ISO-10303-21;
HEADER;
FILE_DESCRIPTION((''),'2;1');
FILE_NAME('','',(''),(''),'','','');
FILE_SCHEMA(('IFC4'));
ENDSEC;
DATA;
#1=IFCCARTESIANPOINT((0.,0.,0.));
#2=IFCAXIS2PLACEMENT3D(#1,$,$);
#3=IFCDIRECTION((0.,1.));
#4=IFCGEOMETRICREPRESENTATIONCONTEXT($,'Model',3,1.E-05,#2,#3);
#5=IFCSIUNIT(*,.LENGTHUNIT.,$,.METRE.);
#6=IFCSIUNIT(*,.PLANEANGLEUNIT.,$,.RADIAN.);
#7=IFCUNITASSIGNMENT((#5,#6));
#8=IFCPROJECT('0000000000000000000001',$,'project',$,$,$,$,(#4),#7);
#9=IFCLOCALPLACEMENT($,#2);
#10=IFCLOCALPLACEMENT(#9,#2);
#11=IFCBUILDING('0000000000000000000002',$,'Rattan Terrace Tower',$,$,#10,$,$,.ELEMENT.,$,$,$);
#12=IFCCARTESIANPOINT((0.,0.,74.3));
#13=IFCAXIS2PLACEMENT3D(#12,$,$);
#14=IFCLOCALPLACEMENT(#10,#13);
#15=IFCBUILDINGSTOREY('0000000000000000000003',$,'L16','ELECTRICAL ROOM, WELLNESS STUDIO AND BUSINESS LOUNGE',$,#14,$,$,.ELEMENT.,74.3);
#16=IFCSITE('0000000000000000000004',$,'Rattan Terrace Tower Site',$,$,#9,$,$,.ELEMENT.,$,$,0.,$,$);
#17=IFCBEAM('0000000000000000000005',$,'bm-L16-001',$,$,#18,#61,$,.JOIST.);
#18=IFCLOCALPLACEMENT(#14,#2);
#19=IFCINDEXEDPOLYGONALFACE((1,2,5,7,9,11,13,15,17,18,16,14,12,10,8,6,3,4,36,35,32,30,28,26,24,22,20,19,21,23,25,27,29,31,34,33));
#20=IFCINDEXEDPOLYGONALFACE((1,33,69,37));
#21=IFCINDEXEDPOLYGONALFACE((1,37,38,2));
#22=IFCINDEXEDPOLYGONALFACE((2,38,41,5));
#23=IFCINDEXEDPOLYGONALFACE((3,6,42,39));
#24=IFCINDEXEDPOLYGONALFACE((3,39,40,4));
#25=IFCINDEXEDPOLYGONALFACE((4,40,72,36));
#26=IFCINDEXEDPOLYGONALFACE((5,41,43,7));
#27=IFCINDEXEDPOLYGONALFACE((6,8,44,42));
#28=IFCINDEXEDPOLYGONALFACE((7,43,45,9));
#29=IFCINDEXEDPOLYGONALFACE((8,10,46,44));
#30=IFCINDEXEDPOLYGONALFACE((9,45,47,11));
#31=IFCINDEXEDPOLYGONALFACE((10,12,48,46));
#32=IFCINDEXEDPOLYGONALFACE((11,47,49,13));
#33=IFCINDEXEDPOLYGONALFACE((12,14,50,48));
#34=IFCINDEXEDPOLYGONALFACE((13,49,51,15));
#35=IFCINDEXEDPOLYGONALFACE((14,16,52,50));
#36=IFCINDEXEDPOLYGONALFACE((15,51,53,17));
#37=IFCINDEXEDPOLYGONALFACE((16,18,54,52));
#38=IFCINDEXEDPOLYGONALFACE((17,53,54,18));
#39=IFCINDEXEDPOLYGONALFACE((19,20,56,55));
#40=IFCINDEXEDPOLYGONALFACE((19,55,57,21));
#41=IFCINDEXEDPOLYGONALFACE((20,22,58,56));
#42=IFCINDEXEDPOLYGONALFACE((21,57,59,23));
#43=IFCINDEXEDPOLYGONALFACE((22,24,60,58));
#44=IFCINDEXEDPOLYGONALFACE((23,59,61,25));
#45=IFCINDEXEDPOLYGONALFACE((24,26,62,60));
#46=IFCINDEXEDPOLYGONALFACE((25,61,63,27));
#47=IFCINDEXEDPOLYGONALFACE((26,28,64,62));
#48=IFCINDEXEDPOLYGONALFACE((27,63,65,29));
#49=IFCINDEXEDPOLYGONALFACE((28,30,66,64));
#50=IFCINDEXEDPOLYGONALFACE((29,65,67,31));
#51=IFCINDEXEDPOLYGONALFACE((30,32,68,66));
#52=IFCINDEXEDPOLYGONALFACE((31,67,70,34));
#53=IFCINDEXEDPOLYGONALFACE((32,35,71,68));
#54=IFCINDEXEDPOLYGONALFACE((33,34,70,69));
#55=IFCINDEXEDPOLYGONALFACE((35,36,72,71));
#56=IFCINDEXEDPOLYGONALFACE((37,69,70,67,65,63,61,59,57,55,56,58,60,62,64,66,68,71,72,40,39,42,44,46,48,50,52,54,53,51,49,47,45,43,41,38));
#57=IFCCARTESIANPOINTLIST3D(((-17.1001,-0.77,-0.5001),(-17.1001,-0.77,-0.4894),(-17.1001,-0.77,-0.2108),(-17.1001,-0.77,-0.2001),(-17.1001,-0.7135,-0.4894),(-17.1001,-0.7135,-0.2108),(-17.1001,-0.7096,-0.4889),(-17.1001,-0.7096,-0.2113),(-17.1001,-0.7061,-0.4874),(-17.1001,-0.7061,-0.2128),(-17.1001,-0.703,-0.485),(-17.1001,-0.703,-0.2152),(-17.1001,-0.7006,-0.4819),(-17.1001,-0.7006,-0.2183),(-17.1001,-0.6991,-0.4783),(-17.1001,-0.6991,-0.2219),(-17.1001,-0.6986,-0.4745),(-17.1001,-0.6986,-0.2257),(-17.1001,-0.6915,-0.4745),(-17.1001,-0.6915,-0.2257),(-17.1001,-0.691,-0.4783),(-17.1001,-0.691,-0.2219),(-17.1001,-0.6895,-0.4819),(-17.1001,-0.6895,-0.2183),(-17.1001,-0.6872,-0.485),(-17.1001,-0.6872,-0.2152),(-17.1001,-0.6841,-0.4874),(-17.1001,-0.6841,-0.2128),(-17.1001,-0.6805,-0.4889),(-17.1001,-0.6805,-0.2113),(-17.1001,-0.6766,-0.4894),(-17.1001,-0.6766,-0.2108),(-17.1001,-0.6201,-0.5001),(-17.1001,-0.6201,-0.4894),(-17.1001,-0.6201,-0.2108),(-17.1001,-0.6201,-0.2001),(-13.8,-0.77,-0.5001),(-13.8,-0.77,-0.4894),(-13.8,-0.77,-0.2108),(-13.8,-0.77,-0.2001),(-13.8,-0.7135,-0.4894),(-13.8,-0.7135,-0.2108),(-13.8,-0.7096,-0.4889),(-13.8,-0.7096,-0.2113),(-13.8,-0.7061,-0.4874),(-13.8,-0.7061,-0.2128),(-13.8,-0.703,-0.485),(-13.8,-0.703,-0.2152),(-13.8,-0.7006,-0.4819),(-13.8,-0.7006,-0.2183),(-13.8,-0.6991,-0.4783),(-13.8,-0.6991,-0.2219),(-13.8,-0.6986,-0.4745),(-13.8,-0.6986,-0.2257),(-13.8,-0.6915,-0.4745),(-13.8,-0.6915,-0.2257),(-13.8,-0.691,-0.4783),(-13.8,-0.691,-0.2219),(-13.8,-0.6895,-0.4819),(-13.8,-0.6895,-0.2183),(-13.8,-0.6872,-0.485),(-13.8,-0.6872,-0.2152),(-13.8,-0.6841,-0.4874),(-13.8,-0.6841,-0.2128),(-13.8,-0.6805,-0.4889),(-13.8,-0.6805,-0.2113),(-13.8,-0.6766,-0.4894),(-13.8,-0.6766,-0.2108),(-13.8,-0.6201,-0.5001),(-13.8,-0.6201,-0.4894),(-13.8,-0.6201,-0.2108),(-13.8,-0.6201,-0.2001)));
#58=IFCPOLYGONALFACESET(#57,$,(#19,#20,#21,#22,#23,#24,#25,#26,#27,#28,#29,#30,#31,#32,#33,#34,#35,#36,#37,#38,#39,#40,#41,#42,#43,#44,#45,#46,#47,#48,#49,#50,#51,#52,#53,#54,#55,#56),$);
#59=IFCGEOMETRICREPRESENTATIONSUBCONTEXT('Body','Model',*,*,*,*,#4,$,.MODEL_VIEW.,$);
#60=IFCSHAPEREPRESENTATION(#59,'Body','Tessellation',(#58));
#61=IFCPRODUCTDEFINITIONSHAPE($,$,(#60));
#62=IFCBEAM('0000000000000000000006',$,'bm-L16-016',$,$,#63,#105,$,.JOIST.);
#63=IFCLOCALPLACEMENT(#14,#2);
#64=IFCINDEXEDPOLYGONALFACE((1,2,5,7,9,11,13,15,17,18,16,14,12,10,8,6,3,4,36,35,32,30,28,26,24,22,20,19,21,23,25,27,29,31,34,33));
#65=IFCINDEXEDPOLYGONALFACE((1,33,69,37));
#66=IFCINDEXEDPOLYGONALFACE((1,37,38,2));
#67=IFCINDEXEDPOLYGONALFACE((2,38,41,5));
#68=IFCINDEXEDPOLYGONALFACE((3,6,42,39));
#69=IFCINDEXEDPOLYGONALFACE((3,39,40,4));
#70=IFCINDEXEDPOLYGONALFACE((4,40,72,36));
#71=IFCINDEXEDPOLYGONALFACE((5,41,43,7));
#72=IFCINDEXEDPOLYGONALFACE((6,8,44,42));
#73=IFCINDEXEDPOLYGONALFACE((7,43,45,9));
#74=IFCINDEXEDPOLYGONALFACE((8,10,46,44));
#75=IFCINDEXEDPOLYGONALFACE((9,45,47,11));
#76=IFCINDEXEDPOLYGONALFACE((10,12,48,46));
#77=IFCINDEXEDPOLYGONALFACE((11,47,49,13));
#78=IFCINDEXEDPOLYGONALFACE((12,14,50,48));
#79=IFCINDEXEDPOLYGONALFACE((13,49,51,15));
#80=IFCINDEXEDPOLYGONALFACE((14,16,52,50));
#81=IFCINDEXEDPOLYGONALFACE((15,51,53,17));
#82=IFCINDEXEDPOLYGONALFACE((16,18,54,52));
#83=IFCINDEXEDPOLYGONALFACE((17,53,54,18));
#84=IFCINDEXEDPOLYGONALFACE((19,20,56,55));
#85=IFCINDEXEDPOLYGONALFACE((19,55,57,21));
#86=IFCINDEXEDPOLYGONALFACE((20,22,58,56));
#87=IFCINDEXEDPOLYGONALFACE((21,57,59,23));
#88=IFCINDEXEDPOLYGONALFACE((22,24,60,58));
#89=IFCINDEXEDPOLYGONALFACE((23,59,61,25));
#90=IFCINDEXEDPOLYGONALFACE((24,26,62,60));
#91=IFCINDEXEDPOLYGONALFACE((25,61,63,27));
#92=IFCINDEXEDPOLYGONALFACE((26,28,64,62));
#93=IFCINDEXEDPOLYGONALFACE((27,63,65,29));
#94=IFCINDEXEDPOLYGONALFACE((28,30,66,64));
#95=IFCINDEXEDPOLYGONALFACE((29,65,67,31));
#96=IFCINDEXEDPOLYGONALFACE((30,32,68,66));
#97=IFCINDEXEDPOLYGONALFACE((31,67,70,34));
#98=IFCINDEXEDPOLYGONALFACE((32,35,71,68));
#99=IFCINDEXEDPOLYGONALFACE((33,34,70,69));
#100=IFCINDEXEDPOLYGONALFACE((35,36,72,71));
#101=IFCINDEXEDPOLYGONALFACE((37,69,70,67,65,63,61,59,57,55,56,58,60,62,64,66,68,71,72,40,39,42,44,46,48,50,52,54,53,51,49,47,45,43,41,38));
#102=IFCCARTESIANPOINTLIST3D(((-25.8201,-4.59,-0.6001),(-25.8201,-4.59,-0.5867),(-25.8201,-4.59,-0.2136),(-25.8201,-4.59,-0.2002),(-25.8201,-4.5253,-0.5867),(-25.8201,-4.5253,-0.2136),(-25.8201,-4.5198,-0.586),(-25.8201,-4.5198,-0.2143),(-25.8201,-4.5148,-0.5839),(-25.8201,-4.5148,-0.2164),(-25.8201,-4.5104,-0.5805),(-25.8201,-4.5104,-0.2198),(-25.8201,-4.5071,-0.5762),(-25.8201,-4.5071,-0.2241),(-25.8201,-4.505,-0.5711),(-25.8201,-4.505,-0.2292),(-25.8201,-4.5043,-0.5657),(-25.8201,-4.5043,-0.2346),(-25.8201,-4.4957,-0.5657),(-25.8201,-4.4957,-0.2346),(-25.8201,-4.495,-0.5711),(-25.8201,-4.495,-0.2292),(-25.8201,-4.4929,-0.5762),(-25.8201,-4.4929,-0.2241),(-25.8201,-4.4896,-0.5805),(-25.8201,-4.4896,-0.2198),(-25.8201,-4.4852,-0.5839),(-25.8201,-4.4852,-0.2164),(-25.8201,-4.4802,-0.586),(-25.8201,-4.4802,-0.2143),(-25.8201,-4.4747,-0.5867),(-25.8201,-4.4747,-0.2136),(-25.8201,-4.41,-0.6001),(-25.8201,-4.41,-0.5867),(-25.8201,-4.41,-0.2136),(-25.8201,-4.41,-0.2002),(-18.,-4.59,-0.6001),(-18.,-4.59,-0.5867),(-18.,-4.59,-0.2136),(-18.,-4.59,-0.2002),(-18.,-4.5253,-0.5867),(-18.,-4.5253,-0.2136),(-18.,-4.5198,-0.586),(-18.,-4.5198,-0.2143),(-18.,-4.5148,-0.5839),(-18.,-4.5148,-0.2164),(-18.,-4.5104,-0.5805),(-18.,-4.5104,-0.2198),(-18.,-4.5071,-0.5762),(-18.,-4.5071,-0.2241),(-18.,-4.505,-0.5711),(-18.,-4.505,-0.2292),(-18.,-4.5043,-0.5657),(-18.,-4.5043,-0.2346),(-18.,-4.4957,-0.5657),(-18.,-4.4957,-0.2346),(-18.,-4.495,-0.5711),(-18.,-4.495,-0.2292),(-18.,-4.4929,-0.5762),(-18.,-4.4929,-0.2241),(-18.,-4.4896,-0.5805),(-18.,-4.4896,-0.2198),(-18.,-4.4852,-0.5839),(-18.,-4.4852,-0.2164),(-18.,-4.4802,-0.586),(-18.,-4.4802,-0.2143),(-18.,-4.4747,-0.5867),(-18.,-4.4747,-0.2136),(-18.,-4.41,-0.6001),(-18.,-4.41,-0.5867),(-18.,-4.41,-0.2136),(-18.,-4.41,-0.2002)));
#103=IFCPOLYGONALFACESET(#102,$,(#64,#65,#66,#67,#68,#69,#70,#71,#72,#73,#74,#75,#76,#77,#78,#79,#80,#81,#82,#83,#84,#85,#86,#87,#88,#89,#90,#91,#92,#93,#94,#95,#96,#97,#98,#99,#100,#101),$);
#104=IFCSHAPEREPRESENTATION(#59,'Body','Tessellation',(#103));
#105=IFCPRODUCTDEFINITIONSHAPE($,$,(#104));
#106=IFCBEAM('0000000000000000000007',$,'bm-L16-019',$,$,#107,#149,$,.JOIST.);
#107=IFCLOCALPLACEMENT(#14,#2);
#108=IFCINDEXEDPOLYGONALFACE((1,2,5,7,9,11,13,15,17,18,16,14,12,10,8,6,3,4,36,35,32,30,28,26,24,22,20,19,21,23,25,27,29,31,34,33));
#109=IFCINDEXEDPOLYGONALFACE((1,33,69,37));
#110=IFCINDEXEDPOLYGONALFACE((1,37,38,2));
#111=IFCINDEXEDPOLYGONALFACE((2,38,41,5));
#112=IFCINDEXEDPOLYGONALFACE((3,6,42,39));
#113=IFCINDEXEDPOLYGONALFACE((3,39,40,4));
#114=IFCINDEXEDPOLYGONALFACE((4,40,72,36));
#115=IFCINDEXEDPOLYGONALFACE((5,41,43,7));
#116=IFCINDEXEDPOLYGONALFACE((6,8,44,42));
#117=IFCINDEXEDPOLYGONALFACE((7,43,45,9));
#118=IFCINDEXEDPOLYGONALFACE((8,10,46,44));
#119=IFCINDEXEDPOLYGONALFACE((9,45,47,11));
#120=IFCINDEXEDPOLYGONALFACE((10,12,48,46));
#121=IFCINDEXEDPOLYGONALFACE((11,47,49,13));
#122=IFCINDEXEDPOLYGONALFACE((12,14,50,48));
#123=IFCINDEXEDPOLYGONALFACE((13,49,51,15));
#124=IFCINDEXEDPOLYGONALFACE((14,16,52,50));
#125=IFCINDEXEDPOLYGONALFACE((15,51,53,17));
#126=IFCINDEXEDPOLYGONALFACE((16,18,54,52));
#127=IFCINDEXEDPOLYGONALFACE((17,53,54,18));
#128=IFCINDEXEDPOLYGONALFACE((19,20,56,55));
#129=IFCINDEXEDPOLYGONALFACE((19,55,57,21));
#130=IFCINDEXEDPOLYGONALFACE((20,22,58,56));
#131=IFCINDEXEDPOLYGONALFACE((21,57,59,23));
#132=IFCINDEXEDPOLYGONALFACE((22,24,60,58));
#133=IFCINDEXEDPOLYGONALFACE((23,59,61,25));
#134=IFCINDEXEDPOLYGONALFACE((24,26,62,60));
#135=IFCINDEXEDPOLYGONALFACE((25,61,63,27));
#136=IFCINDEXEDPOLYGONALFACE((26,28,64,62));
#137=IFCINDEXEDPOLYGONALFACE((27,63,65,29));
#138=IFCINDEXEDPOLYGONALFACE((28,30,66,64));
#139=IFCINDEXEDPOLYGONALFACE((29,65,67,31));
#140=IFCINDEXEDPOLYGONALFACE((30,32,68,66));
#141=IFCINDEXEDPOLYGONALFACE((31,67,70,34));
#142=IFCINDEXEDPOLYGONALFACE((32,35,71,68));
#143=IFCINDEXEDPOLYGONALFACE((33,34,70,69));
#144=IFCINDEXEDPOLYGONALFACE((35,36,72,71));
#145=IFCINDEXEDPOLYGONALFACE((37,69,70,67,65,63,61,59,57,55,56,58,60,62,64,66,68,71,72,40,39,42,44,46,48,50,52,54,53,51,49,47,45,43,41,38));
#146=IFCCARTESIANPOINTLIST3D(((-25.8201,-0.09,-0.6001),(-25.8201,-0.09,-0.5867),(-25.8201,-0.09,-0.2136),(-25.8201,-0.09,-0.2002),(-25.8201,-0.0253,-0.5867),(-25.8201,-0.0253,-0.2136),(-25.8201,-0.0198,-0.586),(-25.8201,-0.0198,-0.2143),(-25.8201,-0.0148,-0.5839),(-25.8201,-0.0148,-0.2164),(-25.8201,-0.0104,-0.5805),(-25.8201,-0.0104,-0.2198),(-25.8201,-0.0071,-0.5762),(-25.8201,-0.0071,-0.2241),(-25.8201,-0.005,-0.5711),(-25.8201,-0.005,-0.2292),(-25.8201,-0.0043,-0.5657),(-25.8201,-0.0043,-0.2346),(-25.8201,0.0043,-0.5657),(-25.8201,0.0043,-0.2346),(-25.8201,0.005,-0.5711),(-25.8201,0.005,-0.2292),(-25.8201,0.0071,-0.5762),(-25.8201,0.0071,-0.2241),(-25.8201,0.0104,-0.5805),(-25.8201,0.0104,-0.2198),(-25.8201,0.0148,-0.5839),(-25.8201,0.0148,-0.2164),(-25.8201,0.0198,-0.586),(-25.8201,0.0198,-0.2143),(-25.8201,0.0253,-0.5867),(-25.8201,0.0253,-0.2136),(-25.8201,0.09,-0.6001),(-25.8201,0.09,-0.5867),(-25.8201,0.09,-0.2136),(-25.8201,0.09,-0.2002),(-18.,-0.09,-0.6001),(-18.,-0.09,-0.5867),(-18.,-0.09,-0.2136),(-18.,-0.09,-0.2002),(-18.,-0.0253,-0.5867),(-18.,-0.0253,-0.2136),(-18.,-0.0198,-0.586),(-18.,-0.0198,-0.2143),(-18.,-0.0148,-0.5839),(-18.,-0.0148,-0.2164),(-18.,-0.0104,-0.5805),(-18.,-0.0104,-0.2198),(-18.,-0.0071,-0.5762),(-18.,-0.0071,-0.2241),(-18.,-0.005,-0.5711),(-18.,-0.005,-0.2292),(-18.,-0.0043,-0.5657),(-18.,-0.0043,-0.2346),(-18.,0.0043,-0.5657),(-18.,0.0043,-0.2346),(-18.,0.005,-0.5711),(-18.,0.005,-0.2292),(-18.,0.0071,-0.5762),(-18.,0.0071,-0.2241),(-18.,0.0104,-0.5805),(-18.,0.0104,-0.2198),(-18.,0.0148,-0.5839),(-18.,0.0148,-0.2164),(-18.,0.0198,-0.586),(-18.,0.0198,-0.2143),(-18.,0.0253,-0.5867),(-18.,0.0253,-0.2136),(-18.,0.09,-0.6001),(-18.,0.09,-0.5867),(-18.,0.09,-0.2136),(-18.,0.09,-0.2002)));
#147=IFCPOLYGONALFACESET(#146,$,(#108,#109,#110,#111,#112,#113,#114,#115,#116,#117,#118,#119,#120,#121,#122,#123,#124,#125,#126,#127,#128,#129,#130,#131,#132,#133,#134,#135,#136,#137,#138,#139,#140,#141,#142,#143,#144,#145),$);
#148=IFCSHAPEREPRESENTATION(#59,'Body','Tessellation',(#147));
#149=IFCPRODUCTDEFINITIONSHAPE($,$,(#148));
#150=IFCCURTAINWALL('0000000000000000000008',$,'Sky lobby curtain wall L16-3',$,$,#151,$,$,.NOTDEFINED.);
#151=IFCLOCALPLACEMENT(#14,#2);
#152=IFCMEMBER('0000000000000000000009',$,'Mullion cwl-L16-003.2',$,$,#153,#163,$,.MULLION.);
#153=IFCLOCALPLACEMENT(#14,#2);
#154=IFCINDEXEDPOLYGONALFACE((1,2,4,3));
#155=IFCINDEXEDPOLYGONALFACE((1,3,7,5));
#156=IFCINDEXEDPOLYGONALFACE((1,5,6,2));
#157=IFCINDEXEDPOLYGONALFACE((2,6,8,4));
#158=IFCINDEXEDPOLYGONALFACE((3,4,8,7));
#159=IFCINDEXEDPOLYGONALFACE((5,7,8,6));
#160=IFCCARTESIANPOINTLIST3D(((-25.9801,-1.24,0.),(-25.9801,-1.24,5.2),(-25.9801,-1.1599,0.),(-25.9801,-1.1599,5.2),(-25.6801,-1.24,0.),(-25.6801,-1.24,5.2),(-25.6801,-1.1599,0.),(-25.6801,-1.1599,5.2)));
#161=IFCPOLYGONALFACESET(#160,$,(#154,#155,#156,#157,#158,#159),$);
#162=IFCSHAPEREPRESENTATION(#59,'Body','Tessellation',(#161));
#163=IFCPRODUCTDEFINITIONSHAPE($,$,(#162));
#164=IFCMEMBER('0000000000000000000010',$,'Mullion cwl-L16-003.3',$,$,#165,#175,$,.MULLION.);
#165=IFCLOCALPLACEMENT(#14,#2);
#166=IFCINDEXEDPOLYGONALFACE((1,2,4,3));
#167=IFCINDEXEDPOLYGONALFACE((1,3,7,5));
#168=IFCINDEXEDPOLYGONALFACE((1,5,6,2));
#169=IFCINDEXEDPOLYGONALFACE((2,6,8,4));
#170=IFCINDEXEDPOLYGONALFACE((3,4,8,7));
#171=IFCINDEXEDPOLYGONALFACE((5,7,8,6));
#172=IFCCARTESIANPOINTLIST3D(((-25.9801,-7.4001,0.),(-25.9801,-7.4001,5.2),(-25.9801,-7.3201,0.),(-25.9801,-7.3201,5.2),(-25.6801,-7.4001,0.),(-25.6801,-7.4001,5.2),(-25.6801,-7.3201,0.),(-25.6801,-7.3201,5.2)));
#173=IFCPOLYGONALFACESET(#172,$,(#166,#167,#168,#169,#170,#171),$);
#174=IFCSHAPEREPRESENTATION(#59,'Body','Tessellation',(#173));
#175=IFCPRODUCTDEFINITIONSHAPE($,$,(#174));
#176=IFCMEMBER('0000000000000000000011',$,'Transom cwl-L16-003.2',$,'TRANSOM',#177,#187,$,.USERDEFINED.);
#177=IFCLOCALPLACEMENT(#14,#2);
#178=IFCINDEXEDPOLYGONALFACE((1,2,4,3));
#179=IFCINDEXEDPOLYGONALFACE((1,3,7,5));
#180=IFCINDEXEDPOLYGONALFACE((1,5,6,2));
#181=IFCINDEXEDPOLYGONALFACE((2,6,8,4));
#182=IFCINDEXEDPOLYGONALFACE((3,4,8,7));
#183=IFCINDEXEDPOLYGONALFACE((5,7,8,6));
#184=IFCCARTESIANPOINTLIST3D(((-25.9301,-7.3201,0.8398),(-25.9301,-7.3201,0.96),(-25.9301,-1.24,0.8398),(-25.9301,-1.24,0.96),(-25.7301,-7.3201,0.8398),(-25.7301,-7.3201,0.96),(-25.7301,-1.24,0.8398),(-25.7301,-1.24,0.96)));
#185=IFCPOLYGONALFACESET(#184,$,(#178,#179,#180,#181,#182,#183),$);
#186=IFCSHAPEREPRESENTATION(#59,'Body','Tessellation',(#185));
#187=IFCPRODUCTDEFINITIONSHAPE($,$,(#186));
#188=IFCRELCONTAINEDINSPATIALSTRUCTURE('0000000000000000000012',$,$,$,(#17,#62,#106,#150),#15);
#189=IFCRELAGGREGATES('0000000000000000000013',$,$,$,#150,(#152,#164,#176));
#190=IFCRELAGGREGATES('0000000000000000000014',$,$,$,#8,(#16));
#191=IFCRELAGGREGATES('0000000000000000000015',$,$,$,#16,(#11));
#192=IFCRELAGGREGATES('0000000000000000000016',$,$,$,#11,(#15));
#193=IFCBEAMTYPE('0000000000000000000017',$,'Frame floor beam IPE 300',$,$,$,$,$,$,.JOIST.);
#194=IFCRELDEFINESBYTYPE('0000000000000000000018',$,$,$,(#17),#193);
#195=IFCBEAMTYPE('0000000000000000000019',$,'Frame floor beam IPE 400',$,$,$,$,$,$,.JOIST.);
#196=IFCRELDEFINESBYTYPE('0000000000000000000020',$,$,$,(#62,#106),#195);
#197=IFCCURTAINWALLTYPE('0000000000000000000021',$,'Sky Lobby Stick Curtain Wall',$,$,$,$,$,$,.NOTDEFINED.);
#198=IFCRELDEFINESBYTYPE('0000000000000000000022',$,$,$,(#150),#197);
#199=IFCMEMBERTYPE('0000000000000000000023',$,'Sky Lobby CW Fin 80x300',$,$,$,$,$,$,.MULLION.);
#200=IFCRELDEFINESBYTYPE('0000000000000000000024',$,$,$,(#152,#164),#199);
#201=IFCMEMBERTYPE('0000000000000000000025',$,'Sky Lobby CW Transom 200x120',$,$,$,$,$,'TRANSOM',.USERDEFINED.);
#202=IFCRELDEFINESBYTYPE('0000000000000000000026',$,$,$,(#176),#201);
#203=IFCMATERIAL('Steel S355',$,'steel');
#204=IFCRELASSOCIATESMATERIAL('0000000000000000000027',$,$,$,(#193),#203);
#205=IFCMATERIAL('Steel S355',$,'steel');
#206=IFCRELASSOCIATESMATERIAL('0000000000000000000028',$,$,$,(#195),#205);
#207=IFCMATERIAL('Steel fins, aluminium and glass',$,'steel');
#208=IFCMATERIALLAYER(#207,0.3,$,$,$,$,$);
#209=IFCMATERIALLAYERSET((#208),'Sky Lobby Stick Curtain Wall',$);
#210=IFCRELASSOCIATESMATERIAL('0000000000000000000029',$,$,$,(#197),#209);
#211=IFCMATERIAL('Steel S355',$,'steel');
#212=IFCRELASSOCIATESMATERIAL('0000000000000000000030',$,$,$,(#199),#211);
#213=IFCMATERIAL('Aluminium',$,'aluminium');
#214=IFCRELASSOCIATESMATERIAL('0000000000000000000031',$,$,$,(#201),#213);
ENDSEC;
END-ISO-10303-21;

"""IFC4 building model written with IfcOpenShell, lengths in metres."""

from ifc_helpers import new_model, si_unit, direction, frame, origin, origin_2d, place, context, subcontext, project, spatial, rectangle, i_section, extrude, material, layer, layer_set, material_profile, profile_set, type_object, element, aggregate, save


model = new_model("IFC4")

# Units and contexts
model_context = context("Model", 3, precision=1e-05, world=origin(), true_north=direction((0.0, 1.0)))
body_context = subcontext(model_context, "Body", "Model", "MODEL_VIEW")
ifc_project = project(units=[si_unit("LENGTHUNIT", "METRE"), si_unit("PLANEANGLEUNIT", "RADIAN")], contexts=[model_context])

# Site, building, storey
site_placement = place(None, origin())
site = spatial("IfcSite", under=ifc_project, at=site_placement, Name="Rattan Terrace Tower Site", CompositionType="ELEMENT", RefElevation=0.0)
building_placement = place(site_placement, origin())
building = spatial("IfcBuilding", under=site, at=building_placement, Name="Rattan Terrace Tower", CompositionType="ELEMENT")
storey_placement = place(building_placement, frame((0.0, 0.0, 74.3)))
storey = spatial("IfcBuildingStorey", under=building, at=storey_placement, Name="L16", Description="ELECTRICAL ROOM, WELLNESS STUDIO AND BUSINESS LOUNGE", CompositionType="ELEMENT", Elevation=74.3)

# Beams
ifc_material_1 = material(Name="Steel S355", Category="steel")
ifc_material_profile_1 = material_profile(ifc_material_1, i_section(OverallWidth=0.1499, OverallDepth=0.3, WebThickness=0.0071, FlangeThickness=0.0107, FilletRadius=0.0149, at=origin_2d()), Name="IPE 300")
ifc_profile_set_1 = profile_set([ifc_material_profile_1], Name="Steel S355")
beam_type_1 = type_object("IfcBeamType", Name="Frame floor beam IPE 300", PredefinedType="JOIST", material=ifc_profile_set_1)
beam_placement = place(storey_placement, frame((-17.1001, -0.6951, -0.3501), z_axis=(1.0, 0.0, 0.0), x_axis=(0.0, 1.0, 0.0)))
element("IfcBeam", 1, at=beam_placement, inside=storey, type_object=beam_type_1, Name="bm-L16-001", PredefinedType="JOIST", context=body_context, shape_type="SweptSolid", body=[
    extrude(i_section(OverallWidth=0.1499, OverallDepth=0.3, WebThickness=0.0071, FlangeThickness=0.0107, FilletRadius=0.0149, at=origin_2d()), origin(), (0.0, 0.0, 1.0), 3.3),
])
ifc_material_2 = material(Name="Steel S355", Category="steel")
ifc_material_profile_2 = material_profile(ifc_material_2, i_section(OverallWidth=0.1799, OverallDepth=0.3999, WebThickness=0.0085, FlangeThickness=0.0134, FilletRadius=0.021, at=origin_2d()), Name="IPE 400")
ifc_profile_set_2 = profile_set([ifc_material_profile_2], Name="Steel S355")
beam_type_2 = type_object("IfcBeamType", Name="Frame floor beam IPE 400", PredefinedType="JOIST", material=ifc_profile_set_2)
for number, where, z_axis, x_axis, name in (
    (2, (-25.8201, -4.5, -0.4001), (1.0, 0.0, 0.0), (0.0, 1.0, 0.0), "bm-L16-016"),
    (3, (-25.8201, 0.0, -0.4001), (1.0, 0.0, 0.0), (0.0, 1.0, 0.0), "bm-L16-019"),
):
    element("IfcBeam", number, at=place(storey_placement, frame(where, z_axis=z_axis, x_axis=x_axis)), inside=storey, type_object=beam_type_2, Name=name, PredefinedType="JOIST", context=body_context, shape_type="SweptSolid", body=[
        extrude(i_section(OverallWidth=0.1799, OverallDepth=0.3999, WebThickness=0.0085, FlangeThickness=0.0134, FilletRadius=0.021, at=origin_2d()), origin(), (0.0, 0.0, 1.0), 7.8201),
    ])

# Curtain wall, members
ifc_material_3 = material(Name="Steel fins, aluminium and glass", Category="steel")
ifc_layer_1 = layer(ifc_material_3, 0.3)
ifc_layer_set_1 = layer_set([ifc_layer_1], Name="Sky Lobby Stick Curtain Wall")
curtain_wall_type = type_object("IfcCurtainWallType", Name="Sky Lobby Stick Curtain Wall", PredefinedType="NOTDEFINED", material=ifc_layer_set_1)
curtain_wall_placement = place(storey_placement, origin())
curtain_wall = element("IfcCurtainWall", 4, at=curtain_wall_placement, inside=storey, type_object=curtain_wall_type, Name="Sky lobby curtain wall L16-3", PredefinedType="NOTDEFINED")
ifc_material_4 = material(Name="Steel S355", Category="steel")
ifc_material_profile_3 = material_profile(ifc_material_4, rectangle(XDim=0.0801, YDim=0.3, at=origin_2d()), Name="Steel S355 80x300")
ifc_profile_set_3 = profile_set([ifc_material_profile_3], Name="Steel S355")
member_type_1 = type_object("IfcMemberType", Name="Sky Lobby CW Fin 80x300", PredefinedType="MULLION", material=ifc_profile_set_3)
member_1_placement = place(storey_placement, frame((-25.8301, -1.2, 0.0), z_axis=(0.0, 0.0, 1.0), x_axis=(0.0, -1.0, 0.0)))
member_1 = element("IfcMember", 5, at=member_1_placement, type_object=member_type_1, Name="Mullion cwl-L16-003.2", PredefinedType="MULLION", context=body_context, shape_type="SweptSolid", body=[
    extrude(rectangle(XDim=0.0801, YDim=0.3, at=origin_2d()), origin(), (0.0, 0.0, 1.0), 5.2),
])
member_2_placement = place(storey_placement, frame((-25.8301, -7.3601, 0.0), z_axis=(0.0, 0.0, 1.0), x_axis=(0.0, -1.0, 0.0)))
member_2 = element("IfcMember", 6, at=member_2_placement, type_object=member_type_1, Name="Mullion cwl-L16-003.3", PredefinedType="MULLION", context=body_context, shape_type="SweptSolid", body=[
    extrude(rectangle(XDim=0.0801, YDim=0.3, at=origin_2d()), origin(), (0.0, 0.0, 1.0), 5.2),
])
ifc_material_5 = material(Name="Aluminium", Category="aluminium")
ifc_material_profile_4 = material_profile(ifc_material_5, rectangle(XDim=0.2, YDim=0.1201, at=origin_2d()), Name="Aluminium 200x120")
ifc_profile_set_4 = profile_set([ifc_material_profile_4], Name="Aluminium")
member_type_2 = type_object("IfcMemberType", Name="Sky Lobby CW Transom 200x120", ElementType="TRANSOM", PredefinedType="USERDEFINED", material=ifc_profile_set_4)
member_3_placement = place(storey_placement, frame((-25.8301, -1.24, 0.8999), z_axis=(0.0, -1.0, 0.0), x_axis=(1.0, 0.0, 0.0)))
member_3 = element("IfcMember", 7, at=member_3_placement, type_object=member_type_2, Name="Transom cwl-L16-003.2", ObjectType="TRANSOM", PredefinedType="USERDEFINED", context=body_context, shape_type="SweptSolid", body=[
    extrude(rectangle(XDim=0.2, YDim=0.1201, at=origin_2d()), origin(), (0.0, 0.0, 1.0), 6.0801),
])
aggregate(curtain_wall, [member_1, member_2, member_3])

save(model, "model.ifc")
